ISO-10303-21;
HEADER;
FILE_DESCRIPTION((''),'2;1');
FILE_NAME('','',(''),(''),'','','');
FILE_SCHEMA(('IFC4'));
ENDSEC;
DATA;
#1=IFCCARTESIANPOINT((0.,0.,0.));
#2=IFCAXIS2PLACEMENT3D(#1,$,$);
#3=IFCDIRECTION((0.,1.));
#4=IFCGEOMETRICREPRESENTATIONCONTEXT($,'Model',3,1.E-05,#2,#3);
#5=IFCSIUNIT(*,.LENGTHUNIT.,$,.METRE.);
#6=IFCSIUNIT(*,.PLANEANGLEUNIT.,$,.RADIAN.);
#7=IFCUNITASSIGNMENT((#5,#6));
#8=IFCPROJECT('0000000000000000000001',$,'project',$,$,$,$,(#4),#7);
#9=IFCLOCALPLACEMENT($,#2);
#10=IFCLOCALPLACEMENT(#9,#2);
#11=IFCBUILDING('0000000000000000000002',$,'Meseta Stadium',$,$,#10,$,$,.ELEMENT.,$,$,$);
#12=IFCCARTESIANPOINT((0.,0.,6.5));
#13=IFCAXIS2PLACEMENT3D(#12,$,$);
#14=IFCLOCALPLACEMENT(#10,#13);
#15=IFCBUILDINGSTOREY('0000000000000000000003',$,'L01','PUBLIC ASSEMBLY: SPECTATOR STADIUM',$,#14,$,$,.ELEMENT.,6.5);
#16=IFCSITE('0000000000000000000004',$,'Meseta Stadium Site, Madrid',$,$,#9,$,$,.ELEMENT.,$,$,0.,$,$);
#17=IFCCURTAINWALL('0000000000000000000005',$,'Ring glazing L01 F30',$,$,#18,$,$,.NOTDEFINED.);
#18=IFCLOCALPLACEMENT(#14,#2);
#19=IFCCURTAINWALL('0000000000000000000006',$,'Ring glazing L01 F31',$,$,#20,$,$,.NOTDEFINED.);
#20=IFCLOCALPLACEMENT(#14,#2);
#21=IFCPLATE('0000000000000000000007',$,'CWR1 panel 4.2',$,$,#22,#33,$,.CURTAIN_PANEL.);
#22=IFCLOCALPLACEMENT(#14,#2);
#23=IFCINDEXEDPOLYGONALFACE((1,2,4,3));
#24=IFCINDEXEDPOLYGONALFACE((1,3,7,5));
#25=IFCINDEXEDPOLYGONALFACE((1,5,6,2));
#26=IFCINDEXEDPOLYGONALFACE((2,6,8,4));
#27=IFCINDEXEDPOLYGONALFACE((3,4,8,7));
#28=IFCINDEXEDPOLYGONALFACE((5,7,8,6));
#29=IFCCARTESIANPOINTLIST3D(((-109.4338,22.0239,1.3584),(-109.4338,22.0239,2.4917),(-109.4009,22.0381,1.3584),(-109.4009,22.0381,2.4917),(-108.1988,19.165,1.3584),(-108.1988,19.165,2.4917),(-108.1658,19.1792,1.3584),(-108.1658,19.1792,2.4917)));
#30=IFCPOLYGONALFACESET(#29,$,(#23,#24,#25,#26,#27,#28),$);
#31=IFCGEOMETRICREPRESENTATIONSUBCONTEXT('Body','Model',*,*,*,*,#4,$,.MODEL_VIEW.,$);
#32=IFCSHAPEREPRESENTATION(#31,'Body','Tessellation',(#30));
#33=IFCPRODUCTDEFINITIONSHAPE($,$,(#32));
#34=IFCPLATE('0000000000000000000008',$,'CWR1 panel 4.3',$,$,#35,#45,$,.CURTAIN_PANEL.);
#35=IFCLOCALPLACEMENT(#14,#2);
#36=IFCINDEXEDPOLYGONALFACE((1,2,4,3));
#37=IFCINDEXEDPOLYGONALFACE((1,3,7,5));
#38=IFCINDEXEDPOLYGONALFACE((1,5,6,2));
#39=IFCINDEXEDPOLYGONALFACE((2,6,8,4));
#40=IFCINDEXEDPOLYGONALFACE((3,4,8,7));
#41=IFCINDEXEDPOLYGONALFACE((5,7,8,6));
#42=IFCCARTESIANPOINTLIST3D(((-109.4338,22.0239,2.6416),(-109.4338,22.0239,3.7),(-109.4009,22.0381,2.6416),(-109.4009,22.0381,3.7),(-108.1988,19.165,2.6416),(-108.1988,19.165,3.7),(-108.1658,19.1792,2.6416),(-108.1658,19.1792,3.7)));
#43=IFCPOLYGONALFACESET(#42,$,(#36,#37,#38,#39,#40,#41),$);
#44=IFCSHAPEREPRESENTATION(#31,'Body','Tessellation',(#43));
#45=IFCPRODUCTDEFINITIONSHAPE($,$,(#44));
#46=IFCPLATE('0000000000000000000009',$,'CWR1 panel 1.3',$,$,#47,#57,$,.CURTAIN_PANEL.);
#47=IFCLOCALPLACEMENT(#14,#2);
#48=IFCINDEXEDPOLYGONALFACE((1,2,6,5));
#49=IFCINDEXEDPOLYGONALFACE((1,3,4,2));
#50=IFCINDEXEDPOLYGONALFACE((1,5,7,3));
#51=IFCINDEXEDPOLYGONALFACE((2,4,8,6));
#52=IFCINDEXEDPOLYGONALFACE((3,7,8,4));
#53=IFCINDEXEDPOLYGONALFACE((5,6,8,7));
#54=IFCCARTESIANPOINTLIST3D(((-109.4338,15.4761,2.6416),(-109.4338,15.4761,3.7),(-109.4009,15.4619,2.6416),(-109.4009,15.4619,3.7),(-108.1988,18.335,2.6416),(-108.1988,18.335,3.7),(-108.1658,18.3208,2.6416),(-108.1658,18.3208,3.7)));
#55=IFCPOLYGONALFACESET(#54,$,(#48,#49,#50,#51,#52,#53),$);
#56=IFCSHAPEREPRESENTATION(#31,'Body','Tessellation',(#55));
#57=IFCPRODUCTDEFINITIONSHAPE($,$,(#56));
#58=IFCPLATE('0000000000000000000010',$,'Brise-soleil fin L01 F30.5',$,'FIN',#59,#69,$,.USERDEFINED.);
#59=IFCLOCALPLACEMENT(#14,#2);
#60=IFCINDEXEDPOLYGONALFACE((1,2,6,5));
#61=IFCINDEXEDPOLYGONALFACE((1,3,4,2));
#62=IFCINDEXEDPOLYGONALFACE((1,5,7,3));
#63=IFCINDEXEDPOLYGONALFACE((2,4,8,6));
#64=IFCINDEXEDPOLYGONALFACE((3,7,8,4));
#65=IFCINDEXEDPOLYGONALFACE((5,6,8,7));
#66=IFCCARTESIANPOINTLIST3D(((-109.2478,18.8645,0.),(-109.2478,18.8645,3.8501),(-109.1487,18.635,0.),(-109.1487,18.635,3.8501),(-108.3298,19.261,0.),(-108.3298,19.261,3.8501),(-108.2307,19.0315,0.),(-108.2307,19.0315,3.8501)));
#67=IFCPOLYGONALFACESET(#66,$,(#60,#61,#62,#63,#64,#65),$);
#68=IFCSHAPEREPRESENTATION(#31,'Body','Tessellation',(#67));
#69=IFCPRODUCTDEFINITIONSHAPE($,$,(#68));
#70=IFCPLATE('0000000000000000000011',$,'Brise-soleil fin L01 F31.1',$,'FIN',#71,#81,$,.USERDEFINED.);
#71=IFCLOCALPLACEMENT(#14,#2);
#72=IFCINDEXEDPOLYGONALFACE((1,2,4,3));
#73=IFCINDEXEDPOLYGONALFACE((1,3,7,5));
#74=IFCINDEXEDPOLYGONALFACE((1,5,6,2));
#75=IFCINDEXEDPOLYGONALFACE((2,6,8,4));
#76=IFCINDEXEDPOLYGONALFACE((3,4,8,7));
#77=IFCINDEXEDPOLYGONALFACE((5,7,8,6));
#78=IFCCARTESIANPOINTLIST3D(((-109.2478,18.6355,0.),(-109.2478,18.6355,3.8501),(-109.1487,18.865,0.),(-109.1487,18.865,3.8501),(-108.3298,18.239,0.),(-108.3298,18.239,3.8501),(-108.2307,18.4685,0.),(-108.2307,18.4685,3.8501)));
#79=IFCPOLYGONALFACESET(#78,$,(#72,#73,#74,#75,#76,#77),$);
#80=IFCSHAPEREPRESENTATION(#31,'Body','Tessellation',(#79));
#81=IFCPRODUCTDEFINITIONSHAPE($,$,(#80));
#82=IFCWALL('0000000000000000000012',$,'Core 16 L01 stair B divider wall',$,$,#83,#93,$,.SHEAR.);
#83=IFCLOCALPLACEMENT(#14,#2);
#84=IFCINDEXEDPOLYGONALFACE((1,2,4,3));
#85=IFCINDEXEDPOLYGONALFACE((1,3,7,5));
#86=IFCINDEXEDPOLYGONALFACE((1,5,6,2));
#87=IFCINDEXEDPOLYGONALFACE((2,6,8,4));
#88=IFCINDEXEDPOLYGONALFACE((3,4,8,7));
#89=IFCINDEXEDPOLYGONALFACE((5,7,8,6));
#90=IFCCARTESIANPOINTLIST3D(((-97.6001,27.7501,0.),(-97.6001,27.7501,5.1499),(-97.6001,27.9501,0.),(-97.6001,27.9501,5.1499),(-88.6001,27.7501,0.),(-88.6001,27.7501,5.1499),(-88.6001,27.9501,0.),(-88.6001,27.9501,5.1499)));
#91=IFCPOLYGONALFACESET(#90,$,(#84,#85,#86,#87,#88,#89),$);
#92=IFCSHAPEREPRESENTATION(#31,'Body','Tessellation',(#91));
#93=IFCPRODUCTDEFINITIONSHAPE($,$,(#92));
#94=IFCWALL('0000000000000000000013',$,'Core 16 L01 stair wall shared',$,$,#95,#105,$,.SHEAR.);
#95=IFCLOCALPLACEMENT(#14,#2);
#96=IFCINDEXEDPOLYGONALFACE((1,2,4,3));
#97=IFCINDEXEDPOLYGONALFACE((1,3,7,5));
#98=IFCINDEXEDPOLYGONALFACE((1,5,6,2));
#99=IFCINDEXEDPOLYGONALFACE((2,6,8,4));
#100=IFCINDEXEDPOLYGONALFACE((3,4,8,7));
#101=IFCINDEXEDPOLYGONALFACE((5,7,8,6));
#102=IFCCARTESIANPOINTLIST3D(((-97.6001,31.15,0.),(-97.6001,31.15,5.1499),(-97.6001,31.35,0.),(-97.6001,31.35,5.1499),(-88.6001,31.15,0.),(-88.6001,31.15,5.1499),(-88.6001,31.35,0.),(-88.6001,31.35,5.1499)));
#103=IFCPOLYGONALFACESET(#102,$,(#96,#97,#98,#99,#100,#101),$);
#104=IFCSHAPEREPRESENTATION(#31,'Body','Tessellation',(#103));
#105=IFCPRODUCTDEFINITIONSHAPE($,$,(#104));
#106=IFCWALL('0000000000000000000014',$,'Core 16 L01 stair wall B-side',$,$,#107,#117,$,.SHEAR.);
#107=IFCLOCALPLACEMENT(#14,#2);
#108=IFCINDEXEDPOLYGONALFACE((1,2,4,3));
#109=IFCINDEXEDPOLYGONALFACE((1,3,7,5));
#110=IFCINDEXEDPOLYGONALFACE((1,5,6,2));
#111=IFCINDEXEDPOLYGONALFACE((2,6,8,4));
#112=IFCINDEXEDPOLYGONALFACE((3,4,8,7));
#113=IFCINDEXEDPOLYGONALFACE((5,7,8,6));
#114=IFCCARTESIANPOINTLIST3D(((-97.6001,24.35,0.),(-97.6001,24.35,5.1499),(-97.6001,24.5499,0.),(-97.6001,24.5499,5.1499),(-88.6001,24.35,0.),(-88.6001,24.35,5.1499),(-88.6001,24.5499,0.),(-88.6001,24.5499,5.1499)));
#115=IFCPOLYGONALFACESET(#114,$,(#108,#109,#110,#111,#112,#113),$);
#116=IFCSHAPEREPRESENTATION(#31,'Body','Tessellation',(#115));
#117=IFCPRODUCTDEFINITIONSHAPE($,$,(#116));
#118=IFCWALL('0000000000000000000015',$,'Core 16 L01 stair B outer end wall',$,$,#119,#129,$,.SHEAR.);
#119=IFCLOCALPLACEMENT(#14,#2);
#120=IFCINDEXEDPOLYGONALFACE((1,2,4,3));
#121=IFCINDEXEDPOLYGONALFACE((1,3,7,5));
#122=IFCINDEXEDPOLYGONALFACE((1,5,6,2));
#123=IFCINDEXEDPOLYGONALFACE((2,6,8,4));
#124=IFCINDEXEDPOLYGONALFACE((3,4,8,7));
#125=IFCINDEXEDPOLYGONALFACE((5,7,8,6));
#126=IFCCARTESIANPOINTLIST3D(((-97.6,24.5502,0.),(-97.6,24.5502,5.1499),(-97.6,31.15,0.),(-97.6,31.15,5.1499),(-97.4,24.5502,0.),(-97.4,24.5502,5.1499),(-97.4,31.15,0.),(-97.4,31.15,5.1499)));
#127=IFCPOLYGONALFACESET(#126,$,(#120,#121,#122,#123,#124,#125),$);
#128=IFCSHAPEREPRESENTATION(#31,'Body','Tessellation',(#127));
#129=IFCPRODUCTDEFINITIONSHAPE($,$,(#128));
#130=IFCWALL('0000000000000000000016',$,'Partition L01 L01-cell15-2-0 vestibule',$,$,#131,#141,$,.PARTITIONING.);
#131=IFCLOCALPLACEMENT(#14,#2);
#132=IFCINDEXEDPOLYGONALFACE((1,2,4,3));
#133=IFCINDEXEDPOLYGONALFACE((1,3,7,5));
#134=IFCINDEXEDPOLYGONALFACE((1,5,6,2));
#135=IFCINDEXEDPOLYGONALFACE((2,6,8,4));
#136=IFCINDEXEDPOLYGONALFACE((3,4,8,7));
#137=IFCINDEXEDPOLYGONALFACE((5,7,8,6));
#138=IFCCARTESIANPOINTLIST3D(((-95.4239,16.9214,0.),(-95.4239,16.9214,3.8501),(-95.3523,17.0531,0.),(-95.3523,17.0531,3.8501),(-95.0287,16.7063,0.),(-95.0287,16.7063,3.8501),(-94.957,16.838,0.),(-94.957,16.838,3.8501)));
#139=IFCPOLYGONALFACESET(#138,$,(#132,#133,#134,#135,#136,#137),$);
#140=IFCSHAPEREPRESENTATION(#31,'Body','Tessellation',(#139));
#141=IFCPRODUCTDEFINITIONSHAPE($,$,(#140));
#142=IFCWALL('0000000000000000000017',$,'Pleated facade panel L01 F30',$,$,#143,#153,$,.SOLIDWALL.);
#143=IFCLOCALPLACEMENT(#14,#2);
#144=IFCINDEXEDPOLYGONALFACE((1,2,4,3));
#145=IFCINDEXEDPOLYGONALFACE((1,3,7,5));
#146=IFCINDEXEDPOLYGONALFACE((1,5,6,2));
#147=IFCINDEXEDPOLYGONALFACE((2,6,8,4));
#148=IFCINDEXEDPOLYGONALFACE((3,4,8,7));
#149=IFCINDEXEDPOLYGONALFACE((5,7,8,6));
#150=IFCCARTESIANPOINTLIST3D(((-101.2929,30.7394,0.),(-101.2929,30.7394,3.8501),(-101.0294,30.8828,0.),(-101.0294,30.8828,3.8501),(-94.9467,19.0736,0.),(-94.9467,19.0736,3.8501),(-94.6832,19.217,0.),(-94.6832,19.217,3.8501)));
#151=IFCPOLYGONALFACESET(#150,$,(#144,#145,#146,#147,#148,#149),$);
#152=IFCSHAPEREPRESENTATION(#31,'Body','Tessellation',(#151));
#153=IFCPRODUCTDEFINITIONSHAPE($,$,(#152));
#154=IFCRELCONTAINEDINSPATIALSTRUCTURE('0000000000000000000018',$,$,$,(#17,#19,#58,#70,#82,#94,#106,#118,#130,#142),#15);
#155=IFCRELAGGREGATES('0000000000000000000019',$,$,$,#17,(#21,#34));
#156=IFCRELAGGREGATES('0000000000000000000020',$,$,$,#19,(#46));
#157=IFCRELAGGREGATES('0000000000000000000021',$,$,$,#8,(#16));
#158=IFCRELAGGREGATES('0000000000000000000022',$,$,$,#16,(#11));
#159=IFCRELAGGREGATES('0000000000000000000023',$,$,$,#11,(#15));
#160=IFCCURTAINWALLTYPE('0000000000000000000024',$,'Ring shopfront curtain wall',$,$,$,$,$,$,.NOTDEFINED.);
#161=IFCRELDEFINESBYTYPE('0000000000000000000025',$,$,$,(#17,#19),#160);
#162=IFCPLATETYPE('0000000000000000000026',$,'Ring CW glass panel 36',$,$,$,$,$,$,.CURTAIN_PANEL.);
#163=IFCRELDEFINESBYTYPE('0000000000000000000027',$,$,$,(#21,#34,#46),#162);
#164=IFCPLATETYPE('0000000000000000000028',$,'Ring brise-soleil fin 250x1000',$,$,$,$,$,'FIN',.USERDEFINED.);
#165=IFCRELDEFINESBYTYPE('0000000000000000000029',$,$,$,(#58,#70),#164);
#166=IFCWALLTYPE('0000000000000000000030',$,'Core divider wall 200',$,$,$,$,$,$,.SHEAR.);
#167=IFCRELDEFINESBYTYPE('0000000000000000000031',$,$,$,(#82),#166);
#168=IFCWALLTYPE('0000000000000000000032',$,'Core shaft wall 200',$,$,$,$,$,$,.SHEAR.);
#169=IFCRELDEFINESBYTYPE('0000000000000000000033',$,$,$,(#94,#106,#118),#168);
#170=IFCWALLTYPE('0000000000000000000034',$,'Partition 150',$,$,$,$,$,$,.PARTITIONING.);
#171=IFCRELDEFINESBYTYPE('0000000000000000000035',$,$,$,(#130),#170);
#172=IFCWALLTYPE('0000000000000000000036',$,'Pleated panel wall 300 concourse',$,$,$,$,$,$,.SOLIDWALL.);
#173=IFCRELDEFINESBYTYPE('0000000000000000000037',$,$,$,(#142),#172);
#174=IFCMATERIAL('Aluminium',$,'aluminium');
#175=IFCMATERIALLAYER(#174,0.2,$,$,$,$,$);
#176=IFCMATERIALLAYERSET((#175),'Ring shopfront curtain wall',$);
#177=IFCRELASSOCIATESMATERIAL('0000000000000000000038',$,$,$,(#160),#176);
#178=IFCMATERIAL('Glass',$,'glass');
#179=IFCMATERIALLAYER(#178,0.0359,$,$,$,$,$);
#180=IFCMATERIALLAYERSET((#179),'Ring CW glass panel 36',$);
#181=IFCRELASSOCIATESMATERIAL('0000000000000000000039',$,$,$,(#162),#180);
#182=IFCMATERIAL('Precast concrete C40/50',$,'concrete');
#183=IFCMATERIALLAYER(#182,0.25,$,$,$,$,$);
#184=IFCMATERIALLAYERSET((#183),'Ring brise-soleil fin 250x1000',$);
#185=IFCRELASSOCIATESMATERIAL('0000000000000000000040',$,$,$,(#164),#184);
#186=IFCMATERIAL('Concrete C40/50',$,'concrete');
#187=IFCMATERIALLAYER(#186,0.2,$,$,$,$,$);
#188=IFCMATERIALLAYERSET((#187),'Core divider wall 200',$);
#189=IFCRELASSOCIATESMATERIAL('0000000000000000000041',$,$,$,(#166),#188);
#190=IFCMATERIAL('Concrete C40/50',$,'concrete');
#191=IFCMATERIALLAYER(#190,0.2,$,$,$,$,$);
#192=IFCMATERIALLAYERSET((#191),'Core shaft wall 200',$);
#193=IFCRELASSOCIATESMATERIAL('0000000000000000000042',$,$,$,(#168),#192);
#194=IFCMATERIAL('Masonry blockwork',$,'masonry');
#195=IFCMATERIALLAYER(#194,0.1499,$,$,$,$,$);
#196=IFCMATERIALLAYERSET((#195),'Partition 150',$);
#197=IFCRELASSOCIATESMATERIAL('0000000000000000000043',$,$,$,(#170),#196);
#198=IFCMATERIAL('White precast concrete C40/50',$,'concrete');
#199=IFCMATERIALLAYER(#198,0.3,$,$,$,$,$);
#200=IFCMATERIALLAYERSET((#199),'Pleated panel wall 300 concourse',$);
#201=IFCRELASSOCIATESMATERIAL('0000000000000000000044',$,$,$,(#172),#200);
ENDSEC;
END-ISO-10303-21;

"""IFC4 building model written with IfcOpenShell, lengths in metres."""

from ifc_helpers import new_model, si_unit, direction, frame, frame_2d, origin, origin_2d, place, context, subcontext, project, spatial, rectangle, extrude, material, layer, layer_set, type_object, element, aggregate, save


model = new_model("IFC4")

# Units and contexts
model_context = context("Model", 3, precision=1e-05, world=origin(), true_north=direction((0.0, 1.0)))
body_context = subcontext(model_context, "Body", "Model", "MODEL_VIEW")
ifc_project = project(units=[si_unit("LENGTHUNIT", "METRE"), si_unit("PLANEANGLEUNIT", "RADIAN")], contexts=[model_context])

# Site, building, storey
site_placement = place(None, origin())
site = spatial("IfcSite", under=ifc_project, at=site_placement, Name="Meseta Stadium Site, Madrid", CompositionType="ELEMENT", RefElevation=0.0)
building_placement = place(site_placement, origin())
building = spatial("IfcBuilding", under=site, at=building_placement, Name="Meseta Stadium", CompositionType="ELEMENT")
storey_placement = place(building_placement, frame((0.0, 0.0, 6.5)))
storey = spatial("IfcBuildingStorey", under=building, at=storey_placement, Name="L01", Description="PUBLIC ASSEMBLY: SPECTATOR STADIUM", CompositionType="ELEMENT", Elevation=6.5)

# Curtain wall
ifc_material_1 = material(Name="Aluminium", Category="aluminium")
ifc_layer_1 = layer(ifc_material_1, 0.2)
ifc_layer_set_1 = layer_set([ifc_layer_1], Name="Ring shopfront curtain wall")
curtain_wall_type = type_object("IfcCurtainWallType", Name="Ring shopfront curtain wall", PredefinedType="NOTDEFINED", material=ifc_layer_set_1)
curtain_wall_1_placement = place(storey_placement, origin())
curtain_wall_1 = element("IfcCurtainWall", 1, at=curtain_wall_1_placement, inside=storey, type_object=curtain_wall_type, Name="Ring glazing L01 F30", PredefinedType="NOTDEFINED")

# Curtain wall
curtain_wall_2_placement = place(storey_placement, origin())
curtain_wall_2 = element("IfcCurtainWall", 2, at=curtain_wall_2_placement, inside=storey, type_object=curtain_wall_type, Name="Ring glazing L01 F31", PredefinedType="NOTDEFINED")

# Plates
ifc_material_2 = material(Name="Glass", Category="glass")
ifc_layer_2 = layer(ifc_material_2, 0.0359)
ifc_layer_set_2 = layer_set([ifc_layer_2], Name="Ring CW glass panel 36")
plate_type_1 = type_object("IfcPlateType", Name="Ring CW glass panel 36", PredefinedType="CURTAIN_PANEL", material=ifc_layer_set_2)
plate_1_placement = place(storey_placement, frame((-108.7998, 20.6016, 1.3584), z_axis=(0.0, 0.0, 1.0), x_axis=(0.396581, -0.918, 0.0)))
plate_1 = element("IfcPlate", 3, at=plate_1_placement, type_object=plate_type_1, Name="CWR1 panel 4.2", PredefinedType="CURTAIN_PANEL", context=body_context, shape_type="SweptSolid", body=[
    extrude(rectangle(XDim=3.1143, YDim=0.0359, at=origin_2d()), origin(), (0.0, 0.0, 1.0), 1.1333),
])
plate_2_placement = place(storey_placement, frame((-108.7998, 20.6016, 2.6416), z_axis=(0.0, 0.0, 1.0), x_axis=(0.396581, -0.918, 0.0)))
plate_2 = element("IfcPlate", 4, at=plate_2_placement, type_object=plate_type_1, Name="CWR1 panel 4.3", PredefinedType="CURTAIN_PANEL", context=body_context, shape_type="SweptSolid", body=[
    extrude(rectangle(XDim=3.1143, YDim=0.0359, at=origin_2d()), origin(), (0.0, 0.0, 1.0), 1.0583),
])
aggregate(curtain_wall_1, [plate_1, plate_2])
plate_3_placement = place(storey_placement, frame((-108.7998, 16.8984, 2.6416), z_axis=(0.0, 0.0, 1.0), x_axis=(-0.396581, -0.918, 0.0)))
plate_3 = element("IfcPlate", 5, at=plate_3_placement, type_object=plate_type_1, Name="CWR1 panel 1.3", PredefinedType="CURTAIN_PANEL", context=body_context, shape_type="SweptSolid", body=[
    extrude(rectangle(XDim=3.1143, YDim=0.0359, at=origin_2d()), origin(), (0.0, 0.0, 1.0), 1.0583),
])
aggregate(curtain_wall_2, [plate_3])

# Plates
ifc_material_3 = material(Name="Precast concrete C40/50", Category="concrete")
ifc_layer_3 = layer(ifc_material_3, 0.25)
ifc_layer_set_3 = layer_set([ifc_layer_3], Name="Ring brise-soleil fin 250x1000")
plate_type_2 = type_object("IfcPlateType", Name="Ring brise-soleil fin 250x1000", ElementType="FIN", PredefinedType="USERDEFINED", material=ifc_layer_set_3)
for number, where, z_axis, x_axis, name in (
    (6, (-108.7393, 18.948, 0.0), (0.0, 0.0, 1.0), (0.396576, -0.918002, 0.0), "Brise-soleil fin L01 F30.5"),
    (7, (-108.7393, 18.552, 0.0), (0.0, 0.0, 1.0), (-0.396576, -0.918002, 0.0), "Brise-soleil fin L01 F31.1"),
):
    element("IfcPlate", number, at=place(storey_placement, frame(where, z_axis=z_axis, x_axis=x_axis)), inside=storey, type_object=plate_type_2, Name=name, ObjectType="FIN", PredefinedType="USERDEFINED", context=body_context, shape_type="SweptSolid", body=[
        extrude(rectangle(XDim=0.25, YDim=1.0, at=origin_2d()), origin(), (0.0, 0.0, 1.0), 3.8501),
    ])

# Walls
ifc_material_4 = material(Name="Concrete C40/50", Category="concrete")
ifc_layer_4 = layer(ifc_material_4, 0.2)
ifc_layer_set_4 = layer_set([ifc_layer_4], Name="Core divider wall 200")
wall_type_1 = type_object("IfcWallType", Name="Core divider wall 200", PredefinedType="SHEAR", material=ifc_layer_set_4)
wall_1_placement = place(storey_placement, frame((-97.6001, 27.8501, 0.0), z_axis=(0.0, 0.0, 1.0), x_axis=(1.0, 0.0, 0.0)))
element("IfcWall", 8, at=wall_1_placement, inside=storey, type_object=wall_type_1, Name="Core 16 L01 stair B divider wall", PredefinedType="SHEAR", context=body_context, shape_type="SweptSolid", body=[
    extrude(rectangle(XDim=9.0, YDim=0.2, at=frame_2d((4.5, 0.0))), origin(), (0.0, 0.0, 1.0), 5.1499),
])
ifc_material_5 = material(Name="Concrete C40/50", Category="concrete")
ifc_layer_5 = layer(ifc_material_5, 0.2)
ifc_layer_set_5 = layer_set([ifc_layer_5], Name="Core shaft wall 200")
wall_type_2 = type_object("IfcWallType", Name="Core shaft wall 200", PredefinedType="SHEAR", material=ifc_layer_set_5)
for number, where, z_axis, x_axis, name in (
    (9, (-97.6001, 31.25, 0.0), (0.0, 0.0, 1.0), (1.0, 0.0, 0.0), "Core 16 L01 stair wall shared"),
    (10, (-97.6001, 24.45, 0.0), (0.0, 0.0, 1.0), (1.0, 0.0, 0.0), "Core 16 L01 stair wall B-side"),
):
    element("IfcWall", number, at=place(storey_placement, frame(where, z_axis=z_axis, x_axis=x_axis)), inside=storey, type_object=wall_type_2, Name=name, PredefinedType="SHEAR", context=body_context, shape_type="SweptSolid", body=[
        extrude(rectangle(XDim=9.0, YDim=0.2, at=frame_2d((4.5, 0.0))), origin(), (0.0, 0.0, 1.0), 5.1499),
    ])
wall_2_placement = place(storey_placement, frame((-97.5, 31.1499, 0.0), z_axis=(0.0, 0.0, 1.0), x_axis=(0.0, -1.0, 0.0)))
element("IfcWall", 11, at=wall_2_placement, inside=storey, type_object=wall_type_2, Name="Core 16 L01 stair B outer end wall", PredefinedType="SHEAR", context=body_context, shape_type="SweptSolid", body=[
    extrude(rectangle(XDim=6.5999, YDim=0.2, at=frame_2d((3.2998, 0.0))), origin(), (0.0, 0.0, 1.0), 5.1499),
])
ifc_material_6 = material(Name="Masonry blockwork", Category="masonry")
ifc_layer_6 = layer(ifc_material_6, 0.1499)
ifc_layer_set_6 = layer_set([ifc_layer_6], Name="Partition 150")
wall_type_3 = type_object("IfcWallType", Name="Partition 150", PredefinedType="PARTITIONING", material=ifc_layer_set_6)
wall_3_placement = place(storey_placement, frame((-95.3882, 16.9873, 0.0), z_axis=(0.0, 0.0, 1.0), x_axis=(0.878372, -0.477978, 0.0)))
element("IfcWall", 12, at=wall_3_placement, inside=storey, type_object=wall_type_3, Name="Partition L01 L01-cell15-2-0 vestibule", PredefinedType="PARTITIONING", context=body_context, shape_type="SweptSolid", body=[
    extrude(rectangle(XDim=0.45, YDim=0.1499, at=frame_2d((0.2251, 0.0))), origin(), (0.0, 0.0, 1.0), 3.8501),
])
ifc_material_7 = material(Name="White precast concrete C40/50", Category="concrete")
ifc_layer_7 = layer(ifc_material_7, 0.3)
ifc_layer_set_7 = layer_set([ifc_layer_7], Name="Pleated panel wall 300 concourse")
wall_type_4 = type_object("IfcWallType", Name="Pleated panel wall 300 concourse", PredefinedType="SOLIDWALL", material=ifc_layer_set_7)
wall_4_placement = place(storey_placement, frame((-94.8149, 19.1453, 0.0), z_axis=(0.0, 0.0, 1.0), x_axis=(-0.477868, 0.878432, 0.0)))
element("IfcWall", 13, at=wall_4_placement, inside=storey, type_object=wall_type_4, Name="Pleated facade panel L01 F30", PredefinedType="SOLIDWALL", context=body_context, shape_type="SweptSolid", body=[
    extrude(rectangle(XDim=13.2803, YDim=0.3, at=frame_2d((6.6401, 0.0))), origin(), (0.0, 0.0, 1.0), 3.8501),
])

save(model, "model.ifc")
